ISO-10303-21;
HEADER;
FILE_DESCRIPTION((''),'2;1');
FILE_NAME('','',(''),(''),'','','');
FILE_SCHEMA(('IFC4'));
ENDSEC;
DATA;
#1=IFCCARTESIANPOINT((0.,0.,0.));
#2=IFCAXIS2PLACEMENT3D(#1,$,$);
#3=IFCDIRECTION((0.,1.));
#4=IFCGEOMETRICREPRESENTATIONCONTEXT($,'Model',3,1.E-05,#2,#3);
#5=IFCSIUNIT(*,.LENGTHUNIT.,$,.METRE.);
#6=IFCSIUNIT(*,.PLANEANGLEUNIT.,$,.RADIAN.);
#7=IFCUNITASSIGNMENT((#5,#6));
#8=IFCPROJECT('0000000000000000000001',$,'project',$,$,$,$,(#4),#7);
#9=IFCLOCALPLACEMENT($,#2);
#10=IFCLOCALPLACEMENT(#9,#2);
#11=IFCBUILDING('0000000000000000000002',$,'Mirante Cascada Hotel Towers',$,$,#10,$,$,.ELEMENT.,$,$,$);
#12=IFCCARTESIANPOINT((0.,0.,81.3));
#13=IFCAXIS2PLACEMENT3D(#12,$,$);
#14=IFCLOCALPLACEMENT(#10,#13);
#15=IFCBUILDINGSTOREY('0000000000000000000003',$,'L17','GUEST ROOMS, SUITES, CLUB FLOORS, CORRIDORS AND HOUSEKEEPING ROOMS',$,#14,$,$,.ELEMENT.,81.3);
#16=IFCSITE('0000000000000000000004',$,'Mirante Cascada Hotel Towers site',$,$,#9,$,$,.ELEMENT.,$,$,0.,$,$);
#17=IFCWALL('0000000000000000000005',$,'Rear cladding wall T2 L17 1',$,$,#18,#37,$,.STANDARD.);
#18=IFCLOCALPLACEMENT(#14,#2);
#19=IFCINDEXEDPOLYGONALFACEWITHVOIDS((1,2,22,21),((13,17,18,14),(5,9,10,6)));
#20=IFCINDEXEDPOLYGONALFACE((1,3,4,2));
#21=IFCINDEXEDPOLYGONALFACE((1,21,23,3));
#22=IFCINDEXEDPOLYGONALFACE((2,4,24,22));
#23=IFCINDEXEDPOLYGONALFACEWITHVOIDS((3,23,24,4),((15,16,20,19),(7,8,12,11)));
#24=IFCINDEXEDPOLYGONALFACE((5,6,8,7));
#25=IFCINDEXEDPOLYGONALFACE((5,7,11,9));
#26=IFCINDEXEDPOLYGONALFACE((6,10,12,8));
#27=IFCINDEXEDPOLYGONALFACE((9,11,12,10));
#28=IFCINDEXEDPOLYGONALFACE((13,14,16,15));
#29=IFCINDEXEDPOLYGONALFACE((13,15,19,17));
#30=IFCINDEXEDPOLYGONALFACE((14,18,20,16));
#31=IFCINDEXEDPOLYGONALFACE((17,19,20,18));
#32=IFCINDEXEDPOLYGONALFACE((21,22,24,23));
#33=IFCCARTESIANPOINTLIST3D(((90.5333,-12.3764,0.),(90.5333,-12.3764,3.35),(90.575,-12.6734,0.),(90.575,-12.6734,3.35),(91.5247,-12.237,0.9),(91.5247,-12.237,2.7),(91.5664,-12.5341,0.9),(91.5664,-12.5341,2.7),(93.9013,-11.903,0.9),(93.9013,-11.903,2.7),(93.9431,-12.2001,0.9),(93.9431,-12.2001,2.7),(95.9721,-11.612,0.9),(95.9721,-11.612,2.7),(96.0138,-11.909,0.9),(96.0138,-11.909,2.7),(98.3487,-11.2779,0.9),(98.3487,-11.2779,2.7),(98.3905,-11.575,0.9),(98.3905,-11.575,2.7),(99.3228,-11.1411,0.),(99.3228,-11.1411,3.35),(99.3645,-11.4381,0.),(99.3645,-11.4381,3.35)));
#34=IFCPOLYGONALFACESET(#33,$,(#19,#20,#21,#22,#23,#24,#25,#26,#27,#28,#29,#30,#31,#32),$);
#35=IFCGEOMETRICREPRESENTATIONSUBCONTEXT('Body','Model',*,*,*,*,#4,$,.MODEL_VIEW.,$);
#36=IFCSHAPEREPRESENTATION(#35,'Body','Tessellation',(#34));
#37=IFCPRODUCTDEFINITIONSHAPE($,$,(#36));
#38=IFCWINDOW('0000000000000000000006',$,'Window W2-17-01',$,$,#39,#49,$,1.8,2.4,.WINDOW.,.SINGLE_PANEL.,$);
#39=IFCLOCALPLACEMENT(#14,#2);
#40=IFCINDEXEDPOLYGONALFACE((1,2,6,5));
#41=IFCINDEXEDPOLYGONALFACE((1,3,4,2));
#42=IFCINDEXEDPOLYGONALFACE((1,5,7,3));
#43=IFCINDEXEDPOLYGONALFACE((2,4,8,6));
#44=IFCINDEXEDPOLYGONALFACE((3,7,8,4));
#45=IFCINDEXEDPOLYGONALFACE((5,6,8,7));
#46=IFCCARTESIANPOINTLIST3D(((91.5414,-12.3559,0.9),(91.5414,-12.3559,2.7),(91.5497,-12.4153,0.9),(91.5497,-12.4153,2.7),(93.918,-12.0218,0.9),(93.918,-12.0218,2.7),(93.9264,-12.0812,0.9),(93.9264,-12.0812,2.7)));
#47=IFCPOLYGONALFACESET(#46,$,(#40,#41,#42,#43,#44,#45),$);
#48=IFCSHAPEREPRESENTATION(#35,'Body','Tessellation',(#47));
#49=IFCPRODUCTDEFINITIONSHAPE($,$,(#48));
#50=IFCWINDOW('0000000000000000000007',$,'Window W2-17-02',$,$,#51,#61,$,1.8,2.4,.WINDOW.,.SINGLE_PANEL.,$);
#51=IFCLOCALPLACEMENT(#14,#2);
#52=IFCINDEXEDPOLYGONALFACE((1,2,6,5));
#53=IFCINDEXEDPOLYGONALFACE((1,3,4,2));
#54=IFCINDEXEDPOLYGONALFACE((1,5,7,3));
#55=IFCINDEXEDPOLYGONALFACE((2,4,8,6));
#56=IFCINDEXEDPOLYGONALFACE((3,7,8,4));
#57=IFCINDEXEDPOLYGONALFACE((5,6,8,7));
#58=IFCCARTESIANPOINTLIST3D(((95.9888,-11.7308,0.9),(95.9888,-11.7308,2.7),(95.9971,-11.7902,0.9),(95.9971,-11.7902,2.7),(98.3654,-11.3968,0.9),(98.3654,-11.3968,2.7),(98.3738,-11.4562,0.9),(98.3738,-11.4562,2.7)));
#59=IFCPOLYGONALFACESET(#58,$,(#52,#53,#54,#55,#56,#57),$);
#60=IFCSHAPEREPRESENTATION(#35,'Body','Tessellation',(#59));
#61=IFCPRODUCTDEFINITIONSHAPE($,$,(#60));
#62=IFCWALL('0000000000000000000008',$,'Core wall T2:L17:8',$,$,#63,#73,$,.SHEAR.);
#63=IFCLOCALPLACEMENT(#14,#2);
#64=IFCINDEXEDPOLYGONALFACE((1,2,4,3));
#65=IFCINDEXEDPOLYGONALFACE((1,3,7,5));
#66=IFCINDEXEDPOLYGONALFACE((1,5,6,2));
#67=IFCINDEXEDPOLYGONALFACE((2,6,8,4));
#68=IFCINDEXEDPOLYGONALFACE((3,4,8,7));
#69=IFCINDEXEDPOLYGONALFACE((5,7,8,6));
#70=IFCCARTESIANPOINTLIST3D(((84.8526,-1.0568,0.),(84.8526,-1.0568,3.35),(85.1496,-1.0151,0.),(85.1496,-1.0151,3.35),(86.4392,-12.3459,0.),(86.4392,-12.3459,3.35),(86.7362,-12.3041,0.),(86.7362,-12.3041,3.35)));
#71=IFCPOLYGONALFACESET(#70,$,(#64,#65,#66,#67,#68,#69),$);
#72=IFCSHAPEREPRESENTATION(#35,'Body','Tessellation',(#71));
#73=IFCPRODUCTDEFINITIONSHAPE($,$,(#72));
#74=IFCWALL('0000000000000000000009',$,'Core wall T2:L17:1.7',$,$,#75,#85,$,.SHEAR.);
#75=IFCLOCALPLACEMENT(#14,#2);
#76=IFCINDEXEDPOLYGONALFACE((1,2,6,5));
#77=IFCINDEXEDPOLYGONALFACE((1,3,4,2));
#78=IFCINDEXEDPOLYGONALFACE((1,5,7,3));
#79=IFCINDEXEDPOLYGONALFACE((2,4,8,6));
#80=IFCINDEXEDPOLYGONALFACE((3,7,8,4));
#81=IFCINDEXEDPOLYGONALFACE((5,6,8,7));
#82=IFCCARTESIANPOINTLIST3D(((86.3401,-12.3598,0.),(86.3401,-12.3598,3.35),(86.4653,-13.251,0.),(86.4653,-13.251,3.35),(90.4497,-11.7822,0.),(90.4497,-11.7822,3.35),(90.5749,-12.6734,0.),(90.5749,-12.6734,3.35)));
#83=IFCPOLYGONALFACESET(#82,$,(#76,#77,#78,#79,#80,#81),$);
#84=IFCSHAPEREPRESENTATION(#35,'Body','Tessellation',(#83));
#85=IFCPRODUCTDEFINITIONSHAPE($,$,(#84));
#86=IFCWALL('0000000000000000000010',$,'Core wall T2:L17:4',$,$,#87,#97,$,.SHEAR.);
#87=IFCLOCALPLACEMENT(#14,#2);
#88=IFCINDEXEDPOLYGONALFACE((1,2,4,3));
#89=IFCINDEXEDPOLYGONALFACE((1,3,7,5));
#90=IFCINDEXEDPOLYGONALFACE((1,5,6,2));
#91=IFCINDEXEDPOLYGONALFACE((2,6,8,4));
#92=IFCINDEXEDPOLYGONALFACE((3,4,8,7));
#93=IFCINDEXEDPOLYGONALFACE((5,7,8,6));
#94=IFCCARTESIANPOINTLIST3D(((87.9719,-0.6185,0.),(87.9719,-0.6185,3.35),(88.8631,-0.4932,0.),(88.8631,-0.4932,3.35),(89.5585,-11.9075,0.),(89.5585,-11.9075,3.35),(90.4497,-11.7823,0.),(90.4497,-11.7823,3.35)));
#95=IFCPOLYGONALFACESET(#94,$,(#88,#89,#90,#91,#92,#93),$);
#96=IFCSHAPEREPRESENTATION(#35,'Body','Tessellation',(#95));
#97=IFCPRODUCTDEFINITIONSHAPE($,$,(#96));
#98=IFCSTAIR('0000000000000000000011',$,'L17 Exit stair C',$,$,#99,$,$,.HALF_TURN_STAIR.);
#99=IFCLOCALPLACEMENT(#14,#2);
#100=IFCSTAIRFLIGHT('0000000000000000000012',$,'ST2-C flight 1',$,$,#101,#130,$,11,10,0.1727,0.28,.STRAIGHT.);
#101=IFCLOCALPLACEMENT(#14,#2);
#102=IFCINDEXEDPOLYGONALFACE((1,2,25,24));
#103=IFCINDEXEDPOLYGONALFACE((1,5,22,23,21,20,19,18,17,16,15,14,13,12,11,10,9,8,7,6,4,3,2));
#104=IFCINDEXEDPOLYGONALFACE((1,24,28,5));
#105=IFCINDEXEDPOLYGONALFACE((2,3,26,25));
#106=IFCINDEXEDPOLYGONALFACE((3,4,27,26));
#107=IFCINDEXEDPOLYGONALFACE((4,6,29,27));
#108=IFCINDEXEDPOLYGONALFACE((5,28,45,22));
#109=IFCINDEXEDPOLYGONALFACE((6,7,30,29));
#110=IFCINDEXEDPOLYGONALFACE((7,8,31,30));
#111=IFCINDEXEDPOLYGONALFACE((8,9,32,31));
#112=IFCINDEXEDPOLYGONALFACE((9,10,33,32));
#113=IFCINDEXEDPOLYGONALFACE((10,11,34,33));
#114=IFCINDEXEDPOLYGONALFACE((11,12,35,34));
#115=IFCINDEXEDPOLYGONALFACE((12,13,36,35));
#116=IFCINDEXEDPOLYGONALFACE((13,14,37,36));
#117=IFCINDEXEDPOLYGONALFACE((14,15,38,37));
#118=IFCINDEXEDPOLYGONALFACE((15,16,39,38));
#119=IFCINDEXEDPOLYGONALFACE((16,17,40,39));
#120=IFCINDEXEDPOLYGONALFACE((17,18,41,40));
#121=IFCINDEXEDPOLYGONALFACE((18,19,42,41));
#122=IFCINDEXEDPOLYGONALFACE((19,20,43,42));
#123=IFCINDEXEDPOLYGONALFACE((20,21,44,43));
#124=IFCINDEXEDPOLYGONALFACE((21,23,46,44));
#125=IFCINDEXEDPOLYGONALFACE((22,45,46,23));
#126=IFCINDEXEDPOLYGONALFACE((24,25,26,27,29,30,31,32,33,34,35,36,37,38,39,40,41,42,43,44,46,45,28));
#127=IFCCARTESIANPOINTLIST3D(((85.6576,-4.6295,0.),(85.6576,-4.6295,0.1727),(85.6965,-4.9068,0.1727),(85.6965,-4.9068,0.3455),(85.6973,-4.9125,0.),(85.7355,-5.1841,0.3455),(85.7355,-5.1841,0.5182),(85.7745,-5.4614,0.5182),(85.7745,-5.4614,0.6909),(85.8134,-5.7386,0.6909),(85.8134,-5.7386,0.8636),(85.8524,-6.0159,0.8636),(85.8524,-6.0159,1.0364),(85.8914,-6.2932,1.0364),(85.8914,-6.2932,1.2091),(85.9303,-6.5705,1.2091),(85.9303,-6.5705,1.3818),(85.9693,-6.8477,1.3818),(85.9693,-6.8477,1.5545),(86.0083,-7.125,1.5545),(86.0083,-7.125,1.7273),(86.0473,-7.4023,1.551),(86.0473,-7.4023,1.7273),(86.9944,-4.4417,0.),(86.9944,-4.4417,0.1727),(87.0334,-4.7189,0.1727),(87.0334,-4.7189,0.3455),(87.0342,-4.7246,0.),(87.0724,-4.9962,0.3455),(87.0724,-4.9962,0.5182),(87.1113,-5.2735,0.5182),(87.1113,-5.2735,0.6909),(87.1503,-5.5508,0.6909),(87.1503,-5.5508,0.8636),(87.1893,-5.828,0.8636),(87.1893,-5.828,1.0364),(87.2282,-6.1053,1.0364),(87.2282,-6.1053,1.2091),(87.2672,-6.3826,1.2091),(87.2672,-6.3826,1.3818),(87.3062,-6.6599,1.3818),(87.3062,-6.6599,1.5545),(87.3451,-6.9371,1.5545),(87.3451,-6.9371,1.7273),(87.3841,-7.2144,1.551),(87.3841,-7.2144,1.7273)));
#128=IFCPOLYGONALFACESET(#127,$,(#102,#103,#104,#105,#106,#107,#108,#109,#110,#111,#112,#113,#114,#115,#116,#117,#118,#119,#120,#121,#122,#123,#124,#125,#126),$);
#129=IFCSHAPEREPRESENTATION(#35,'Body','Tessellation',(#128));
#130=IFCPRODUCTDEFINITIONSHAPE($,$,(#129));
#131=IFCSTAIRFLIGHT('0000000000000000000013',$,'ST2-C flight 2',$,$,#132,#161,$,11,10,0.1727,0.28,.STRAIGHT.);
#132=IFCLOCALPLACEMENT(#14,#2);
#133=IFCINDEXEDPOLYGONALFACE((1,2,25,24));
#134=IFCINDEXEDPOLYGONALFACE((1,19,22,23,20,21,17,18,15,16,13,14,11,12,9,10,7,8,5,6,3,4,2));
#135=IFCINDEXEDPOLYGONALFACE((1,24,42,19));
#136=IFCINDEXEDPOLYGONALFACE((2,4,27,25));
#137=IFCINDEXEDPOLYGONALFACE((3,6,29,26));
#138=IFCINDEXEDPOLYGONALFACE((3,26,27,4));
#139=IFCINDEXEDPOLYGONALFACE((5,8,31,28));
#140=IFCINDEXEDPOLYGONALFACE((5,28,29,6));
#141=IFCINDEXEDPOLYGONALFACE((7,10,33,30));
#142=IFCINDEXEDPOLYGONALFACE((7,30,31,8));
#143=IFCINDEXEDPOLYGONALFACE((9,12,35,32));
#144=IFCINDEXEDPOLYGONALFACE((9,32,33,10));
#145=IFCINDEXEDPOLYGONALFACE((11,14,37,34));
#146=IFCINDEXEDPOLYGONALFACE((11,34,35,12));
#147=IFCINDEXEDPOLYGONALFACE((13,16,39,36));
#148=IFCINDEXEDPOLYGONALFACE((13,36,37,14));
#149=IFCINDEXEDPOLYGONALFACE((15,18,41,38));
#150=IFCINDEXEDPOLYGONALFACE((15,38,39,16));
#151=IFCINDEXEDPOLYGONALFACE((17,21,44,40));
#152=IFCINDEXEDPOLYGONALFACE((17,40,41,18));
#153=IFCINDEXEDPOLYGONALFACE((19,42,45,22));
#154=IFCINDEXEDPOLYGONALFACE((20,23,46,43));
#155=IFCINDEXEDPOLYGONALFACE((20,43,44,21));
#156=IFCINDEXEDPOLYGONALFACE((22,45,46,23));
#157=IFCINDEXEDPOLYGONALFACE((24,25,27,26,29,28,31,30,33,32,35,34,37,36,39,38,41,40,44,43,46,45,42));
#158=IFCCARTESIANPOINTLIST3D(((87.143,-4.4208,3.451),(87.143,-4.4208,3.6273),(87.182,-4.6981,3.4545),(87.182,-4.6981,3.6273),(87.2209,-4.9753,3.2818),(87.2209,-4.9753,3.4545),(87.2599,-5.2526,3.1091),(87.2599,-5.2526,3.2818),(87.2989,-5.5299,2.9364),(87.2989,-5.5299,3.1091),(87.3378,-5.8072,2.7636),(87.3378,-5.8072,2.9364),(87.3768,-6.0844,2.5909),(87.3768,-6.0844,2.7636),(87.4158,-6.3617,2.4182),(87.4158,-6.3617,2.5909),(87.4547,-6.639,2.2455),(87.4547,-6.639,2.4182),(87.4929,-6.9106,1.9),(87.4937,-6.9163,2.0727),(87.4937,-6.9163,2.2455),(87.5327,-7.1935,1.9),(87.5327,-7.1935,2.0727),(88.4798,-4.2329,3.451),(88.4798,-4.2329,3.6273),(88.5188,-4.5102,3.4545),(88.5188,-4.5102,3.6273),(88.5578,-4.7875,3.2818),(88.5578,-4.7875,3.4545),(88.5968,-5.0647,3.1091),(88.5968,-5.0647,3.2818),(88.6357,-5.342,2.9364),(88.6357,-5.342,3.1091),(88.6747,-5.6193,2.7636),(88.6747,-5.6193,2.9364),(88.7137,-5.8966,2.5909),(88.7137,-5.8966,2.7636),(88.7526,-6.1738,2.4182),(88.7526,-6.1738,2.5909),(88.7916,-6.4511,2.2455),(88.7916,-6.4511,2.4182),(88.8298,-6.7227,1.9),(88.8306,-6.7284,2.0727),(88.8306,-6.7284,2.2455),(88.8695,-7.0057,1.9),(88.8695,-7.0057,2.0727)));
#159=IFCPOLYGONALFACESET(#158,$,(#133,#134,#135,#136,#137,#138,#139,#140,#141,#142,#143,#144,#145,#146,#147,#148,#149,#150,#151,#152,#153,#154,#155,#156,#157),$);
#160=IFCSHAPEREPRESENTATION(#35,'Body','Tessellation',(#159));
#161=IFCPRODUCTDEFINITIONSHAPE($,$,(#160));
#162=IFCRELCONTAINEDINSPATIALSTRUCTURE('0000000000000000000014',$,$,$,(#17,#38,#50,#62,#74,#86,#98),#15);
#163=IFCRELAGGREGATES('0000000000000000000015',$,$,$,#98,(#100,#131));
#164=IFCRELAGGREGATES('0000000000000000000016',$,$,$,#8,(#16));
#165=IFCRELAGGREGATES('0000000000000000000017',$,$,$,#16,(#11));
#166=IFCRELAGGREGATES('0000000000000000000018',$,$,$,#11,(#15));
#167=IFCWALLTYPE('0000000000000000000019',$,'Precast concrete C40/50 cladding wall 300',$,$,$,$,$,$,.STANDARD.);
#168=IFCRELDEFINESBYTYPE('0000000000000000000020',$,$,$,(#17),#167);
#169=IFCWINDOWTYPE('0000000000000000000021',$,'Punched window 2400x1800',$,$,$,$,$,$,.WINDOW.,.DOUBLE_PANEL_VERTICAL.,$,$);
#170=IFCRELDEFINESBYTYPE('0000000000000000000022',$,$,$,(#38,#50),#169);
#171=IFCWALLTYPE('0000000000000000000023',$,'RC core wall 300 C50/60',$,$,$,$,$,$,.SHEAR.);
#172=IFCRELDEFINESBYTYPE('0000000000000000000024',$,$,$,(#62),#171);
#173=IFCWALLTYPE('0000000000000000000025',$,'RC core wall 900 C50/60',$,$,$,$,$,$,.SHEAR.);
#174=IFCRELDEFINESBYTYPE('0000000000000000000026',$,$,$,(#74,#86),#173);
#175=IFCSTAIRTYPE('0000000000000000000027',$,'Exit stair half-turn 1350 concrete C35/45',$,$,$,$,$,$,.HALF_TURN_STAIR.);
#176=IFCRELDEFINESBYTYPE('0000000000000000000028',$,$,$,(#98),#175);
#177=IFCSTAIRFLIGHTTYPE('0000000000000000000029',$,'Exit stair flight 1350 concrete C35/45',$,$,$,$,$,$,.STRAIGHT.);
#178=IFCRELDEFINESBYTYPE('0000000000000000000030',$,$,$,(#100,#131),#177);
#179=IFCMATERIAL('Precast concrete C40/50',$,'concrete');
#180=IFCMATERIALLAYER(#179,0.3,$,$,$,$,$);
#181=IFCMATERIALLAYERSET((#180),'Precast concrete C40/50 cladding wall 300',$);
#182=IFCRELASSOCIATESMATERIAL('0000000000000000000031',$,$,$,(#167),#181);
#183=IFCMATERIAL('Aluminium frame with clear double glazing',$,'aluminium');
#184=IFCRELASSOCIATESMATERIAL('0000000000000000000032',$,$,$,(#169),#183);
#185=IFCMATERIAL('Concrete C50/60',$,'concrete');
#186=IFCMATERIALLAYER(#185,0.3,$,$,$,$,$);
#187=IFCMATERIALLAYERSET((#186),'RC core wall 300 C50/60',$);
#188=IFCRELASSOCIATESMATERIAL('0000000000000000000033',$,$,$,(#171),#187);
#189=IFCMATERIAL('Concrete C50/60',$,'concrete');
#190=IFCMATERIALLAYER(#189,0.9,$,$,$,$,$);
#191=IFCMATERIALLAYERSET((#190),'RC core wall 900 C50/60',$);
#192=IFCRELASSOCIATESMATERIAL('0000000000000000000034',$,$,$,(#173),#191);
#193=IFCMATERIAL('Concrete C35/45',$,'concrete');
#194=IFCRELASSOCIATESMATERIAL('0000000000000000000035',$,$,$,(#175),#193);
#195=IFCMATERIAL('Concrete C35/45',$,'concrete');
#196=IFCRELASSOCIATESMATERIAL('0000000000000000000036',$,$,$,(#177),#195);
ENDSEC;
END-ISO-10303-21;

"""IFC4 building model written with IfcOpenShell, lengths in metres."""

from ifc_helpers import new_model, si_unit, direction, frame, frame_2d, origin, place, context, subcontext, project, spatial, polyline, rectangle, outline, extrude, material, layer, layer_set, type_object, element, fill, aggregate, save


model = new_model("IFC4")

# Units and contexts
model_context = context("Model", 3, precision=1e-05, world=origin(), true_north=direction((0.0, 1.0)))
body_context = subcontext(model_context, "Body", "Model", "MODEL_VIEW")
ifc_project = project(units=[si_unit("LENGTHUNIT", "METRE"), si_unit("PLANEANGLEUNIT", "RADIAN")], contexts=[model_context])

# Site, building, storey
site_placement = place(None, origin())
site = spatial("IfcSite", under=ifc_project, at=site_placement, Name="Mirante Cascada Hotel Towers site", CompositionType="ELEMENT", RefElevation=0.0)
building_placement = place(site_placement, origin())
building = spatial("IfcBuilding", under=site, at=building_placement, Name="Mirante Cascada Hotel Towers", CompositionType="ELEMENT")
storey_placement = place(building_placement, frame((0.0, 0.0, 81.3)))
storey = spatial("IfcBuildingStorey", under=building, at=storey_placement, Name="L17", Description="GUEST ROOMS, SUITES, CLUB FLOORS, CORRIDORS AND HOUSEKEEPING ROOMS", CompositionType="ELEMENT", Elevation=81.3)

# Wall, openings, windows
ifc_material_1 = material(Name="Precast concrete C40/50", Category="concrete")
ifc_layer_1 = layer(ifc_material_1, 0.3)
ifc_layer_set_1 = layer_set([ifc_layer_1], Name="Precast concrete C40/50 cladding wall 300")
wall_type_1 = type_object("IfcWallType", Name="Precast concrete C40/50 cladding wall 300", PredefinedType="STANDARD", material=ifc_layer_set_1)
wall_1_placement = place(storey_placement, frame((90.5541, -12.5249, 0.0), z_axis=(0.0, 0.0, 1.0), x_axis=(0.990268, 0.139175, 0.0)))
wall_1 = element("IfcWall", 1, at=wall_1_placement, inside=storey, type_object=wall_type_1, Name="Rear cladding wall T2 L17 1", PredefinedType="STANDARD", context=body_context, shape_type="SweptSolid", body=[
    extrude(rectangle(XDim=8.8759, YDim=0.3, at=frame_2d((4.438, 0.0))), origin(), (0.0, 0.0, 1.0), 3.35),
])
opening_1_placement = place(wall_1_placement, frame((1.0012, 0.0, 0.9)))
opening_1 = element("IfcOpeningElement", 2, at=opening_1_placement, cuts=wall_1, PredefinedType="OPENING", context=body_context, shape_type="SweptSolid", body=[
    extrude(rectangle(XDim=2.4, YDim=1.8, at=frame_2d((1.2, 0.9))), frame((0.0, 0.15, 0.0), z_axis=(0.0, -1.0, 0.0), x_axis=(1.0, 0.0, 0.0)), (0.0, 0.0, 1.0), 0.3),
])
opening_2_placement = place(wall_1_placement, frame((5.4923, 0.0, 0.9)))
opening_2 = element("IfcOpeningElement", 3, at=opening_2_placement, cuts=wall_1, PredefinedType="OPENING", context=body_context, shape_type="SweptSolid", body=[
    extrude(rectangle(XDim=2.4, YDim=1.8, at=frame_2d((1.2, 0.9))), frame((0.0, 0.15, 0.0), z_axis=(0.0, -1.0, 0.0), x_axis=(1.0, 0.0, 0.0)), (0.0, 0.0, 1.0), 0.3),
])
ifc_material_2 = material(Name="Aluminium frame with clear double glazing", Category="aluminium")
window_type = type_object("IfcWindowType", Name="Punched window 2400x1800", PartitioningType="DOUBLE_PANEL_VERTICAL", PredefinedType="WINDOW", material=ifc_material_2)
window_1_placement = place(opening_1_placement, origin())
window_1 = element("IfcWindow", 4, at=window_1_placement, inside=storey, type_object=window_type, Name="Window W2-17-01", OverallHeight=1.8, OverallWidth=2.4, PartitioningType="SINGLE_PANEL", PredefinedType="WINDOW", context=body_context, shape_type="SweptSolid", body=[
    extrude(rectangle(XDim=2.4, YDim=1.8, at=frame_2d((1.2, 0.9))), frame((0.0, 0.03, 0.0), z_axis=(0.0, -1.0, 0.0), x_axis=(1.0, 0.0, 0.0)), (0.0, 0.0, 1.0), 0.06),
])
fill(opening_1, window_1)
window_2_placement = place(opening_2_placement, origin())
window_2 = element("IfcWindow", 5, at=window_2_placement, inside=storey, type_object=window_type, Name="Window W2-17-02", OverallHeight=1.8, OverallWidth=2.4, PartitioningType="SINGLE_PANEL", PredefinedType="WINDOW", context=body_context, shape_type="SweptSolid", body=[
    extrude(rectangle(XDim=2.4, YDim=1.8, at=frame_2d((1.2, 0.9))), frame((0.0, 0.03, 0.0), z_axis=(0.0, -1.0, 0.0), x_axis=(1.0, 0.0, 0.0)), (0.0, 0.0, 1.0), 0.06),
])
fill(opening_2, window_2)

# Walls
ifc_material_3 = material(Name="Concrete C50/60", Category="concrete")
ifc_layer_2 = layer(ifc_material_3, 0.3)
ifc_layer_set_2 = layer_set([ifc_layer_2], Name="RC core wall 300 C50/60")
wall_type_2 = type_object("IfcWallType", Name="RC core wall 300 C50/60", PredefinedType="SHEAR", material=ifc_layer_set_2)
wall_2_placement = place(storey_placement, frame((86.5877, -12.325, 0.0), z_axis=(0.0, 0.0, 1.0), x_axis=(-0.139175, 0.990268, 0.0)))
element("IfcWall", 6, at=wall_2_placement, inside=storey, type_object=wall_type_2, Name="Core wall T2:L17:8", PredefinedType="SHEAR", context=body_context, shape_type="SweptSolid", body=[
    extrude(rectangle(XDim=11.4, YDim=0.3, at=frame_2d((5.7, 0.0))), origin(), (0.0, 0.0, 1.0), 3.35),
])
ifc_material_4 = material(Name="Concrete C50/60", Category="concrete")
ifc_layer_3 = layer(ifc_material_4, 0.9)
ifc_layer_set_3 = layer_set([ifc_layer_3], Name="RC core wall 900 C50/60")
wall_type_3 = type_object("IfcWallType", Name="RC core wall 900 C50/60", PredefinedType="SHEAR", material=ifc_layer_set_3)
wall_3_placement = place(storey_placement, frame((86.4027, -12.8054, 0.0), z_axis=(0.0, 0.0, 1.0), x_axis=(0.990267, 0.139181, 0.0)))
element("IfcWall", 7, at=wall_3_placement, inside=storey, type_object=wall_type_3, Name="Core wall T2:L17:1.7", PredefinedType="SHEAR", context=body_context, shape_type="SweptSolid", body=[
    extrude(rectangle(XDim=4.15, YDim=0.9, at=frame_2d((2.075, 0.0))), origin(), (0.0, 0.0, 1.0), 3.35),
])
wall_4_placement = place(storey_placement, frame((90.0041, -11.8449, 0.0), z_axis=(0.0, 0.0, 1.0), x_axis=(-0.139175, 0.990268, 0.0)))
element("IfcWall", 8, at=wall_4_placement, inside=storey, type_object=wall_type_3, Name="Core wall T2:L17:4", PredefinedType="SHEAR", context=body_context, shape_type="SweptSolid", body=[
    extrude(rectangle(XDim=11.4, YDim=0.9, at=frame_2d((5.7, 0.0))), origin(), (0.0, 0.0, 1.0), 3.35),
])

# Stair, stair flights
ifc_material_5 = material(Name="Concrete C35/45", Category="concrete")
stair_type = type_object("IfcStairType", Name="Exit stair half-turn 1350 concrete C35/45", PredefinedType="HALF_TURN_STAIR", material=ifc_material_5)
stair_placement = place(storey_placement, origin())
stair = element("IfcStair", 9, at=stair_placement, inside=storey, type_object=stair_type, Name="L17 Exit stair C", PredefinedType="HALF_TURN_STAIR")
ifc_material_6 = material(Name="Concrete C35/45", Category="concrete")
stair_flight_type = type_object("IfcStairFlightType", Name="Exit stair flight 1350 concrete C35/45", PredefinedType="STRAIGHT", material=ifc_material_6)
stair_flight_1_placement = place(storey_placement, frame((86.326, -4.5356, 0.0), z_axis=(0.0, 0.0, 1.0), x_axis=(0.139173, -0.990268, 0.0)))
stair_flight_1 = element("IfcStairFlight", 10, at=stair_flight_1_placement, type_object=stair_flight_type, Name="ST2-C flight 1", NumberOfRisers=11, NumberOfTreads=10, PredefinedType="STRAIGHT", RiserHeight=0.1727, TreadLength=0.28, context=body_context, shape_type="SweptSolid", body=[
    extrude(outline(polyline([(0.0, 0.0), (0.0, 0.1727), (0.28, 0.1727), (0.28, 0.3455), (0.56, 0.3455), (0.56, 0.5182), (0.84, 0.5182), (0.84, 0.6909), (1.12, 0.6909), (1.12, 0.8636), (1.4, 0.8636), (1.4, 1.0364), (1.68, 1.0364), (1.68, 1.2091), (1.96, 1.2091), (1.96, 1.3818), (2.24, 1.3818), (2.24, 1.5545), (2.52, 1.5545), (2.52, 1.7273), (2.8, 1.7273), (2.8, 1.9), (2.8, 1.551), (0.2857, 0.0), (0.0, 0.0)])), frame((0.0, 0.675, 0.0), z_axis=(0.0, -1.0, 0.0), x_axis=(1.0, 0.0, 0.0)), (0.0, 0.0, 1.0), 1.35),
])
stair_flight_2_placement = place(storey_placement, frame((88.2011, -7.0996, 1.9), z_axis=(0.0, 0.0, 1.0), x_axis=(-0.139173, 0.990268, 0.0)))
stair_flight_2 = element("IfcStairFlight", 11, at=stair_flight_2_placement, type_object=stair_flight_type, Name="ST2-C flight 2", NumberOfRisers=11, NumberOfTreads=10, PredefinedType="STRAIGHT", RiserHeight=0.1727, TreadLength=0.28, context=body_context, shape_type="SweptSolid", body=[
    extrude(outline(polyline([(0.0, 0.0), (0.0, 0.1727), (0.28, 0.1727), (0.28, 0.3455), (0.56, 0.3455), (0.56, 0.5182), (0.84, 0.5182), (0.84, 0.6909), (1.12, 0.6909), (1.12, 0.8636), (1.4, 0.8636), (1.4, 1.0364), (1.68, 1.0364), (1.68, 1.2091), (1.96, 1.2091), (1.96, 1.3818), (2.24, 1.3818), (2.24, 1.5545), (2.52, 1.5545), (2.52, 1.7273), (2.8, 1.7273), (2.8, 1.9), (2.8, 1.551), (0.2857, 0.0), (0.0, 0.0)])), frame((0.0, 0.675, 0.0), z_axis=(0.0, -1.0, 0.0), x_axis=(1.0, 0.0, 0.0)), (0.0, 0.0, 1.0), 1.35),
])
aggregate(stair, [stair_flight_1, stair_flight_2])

save(model, "model.ifc")
